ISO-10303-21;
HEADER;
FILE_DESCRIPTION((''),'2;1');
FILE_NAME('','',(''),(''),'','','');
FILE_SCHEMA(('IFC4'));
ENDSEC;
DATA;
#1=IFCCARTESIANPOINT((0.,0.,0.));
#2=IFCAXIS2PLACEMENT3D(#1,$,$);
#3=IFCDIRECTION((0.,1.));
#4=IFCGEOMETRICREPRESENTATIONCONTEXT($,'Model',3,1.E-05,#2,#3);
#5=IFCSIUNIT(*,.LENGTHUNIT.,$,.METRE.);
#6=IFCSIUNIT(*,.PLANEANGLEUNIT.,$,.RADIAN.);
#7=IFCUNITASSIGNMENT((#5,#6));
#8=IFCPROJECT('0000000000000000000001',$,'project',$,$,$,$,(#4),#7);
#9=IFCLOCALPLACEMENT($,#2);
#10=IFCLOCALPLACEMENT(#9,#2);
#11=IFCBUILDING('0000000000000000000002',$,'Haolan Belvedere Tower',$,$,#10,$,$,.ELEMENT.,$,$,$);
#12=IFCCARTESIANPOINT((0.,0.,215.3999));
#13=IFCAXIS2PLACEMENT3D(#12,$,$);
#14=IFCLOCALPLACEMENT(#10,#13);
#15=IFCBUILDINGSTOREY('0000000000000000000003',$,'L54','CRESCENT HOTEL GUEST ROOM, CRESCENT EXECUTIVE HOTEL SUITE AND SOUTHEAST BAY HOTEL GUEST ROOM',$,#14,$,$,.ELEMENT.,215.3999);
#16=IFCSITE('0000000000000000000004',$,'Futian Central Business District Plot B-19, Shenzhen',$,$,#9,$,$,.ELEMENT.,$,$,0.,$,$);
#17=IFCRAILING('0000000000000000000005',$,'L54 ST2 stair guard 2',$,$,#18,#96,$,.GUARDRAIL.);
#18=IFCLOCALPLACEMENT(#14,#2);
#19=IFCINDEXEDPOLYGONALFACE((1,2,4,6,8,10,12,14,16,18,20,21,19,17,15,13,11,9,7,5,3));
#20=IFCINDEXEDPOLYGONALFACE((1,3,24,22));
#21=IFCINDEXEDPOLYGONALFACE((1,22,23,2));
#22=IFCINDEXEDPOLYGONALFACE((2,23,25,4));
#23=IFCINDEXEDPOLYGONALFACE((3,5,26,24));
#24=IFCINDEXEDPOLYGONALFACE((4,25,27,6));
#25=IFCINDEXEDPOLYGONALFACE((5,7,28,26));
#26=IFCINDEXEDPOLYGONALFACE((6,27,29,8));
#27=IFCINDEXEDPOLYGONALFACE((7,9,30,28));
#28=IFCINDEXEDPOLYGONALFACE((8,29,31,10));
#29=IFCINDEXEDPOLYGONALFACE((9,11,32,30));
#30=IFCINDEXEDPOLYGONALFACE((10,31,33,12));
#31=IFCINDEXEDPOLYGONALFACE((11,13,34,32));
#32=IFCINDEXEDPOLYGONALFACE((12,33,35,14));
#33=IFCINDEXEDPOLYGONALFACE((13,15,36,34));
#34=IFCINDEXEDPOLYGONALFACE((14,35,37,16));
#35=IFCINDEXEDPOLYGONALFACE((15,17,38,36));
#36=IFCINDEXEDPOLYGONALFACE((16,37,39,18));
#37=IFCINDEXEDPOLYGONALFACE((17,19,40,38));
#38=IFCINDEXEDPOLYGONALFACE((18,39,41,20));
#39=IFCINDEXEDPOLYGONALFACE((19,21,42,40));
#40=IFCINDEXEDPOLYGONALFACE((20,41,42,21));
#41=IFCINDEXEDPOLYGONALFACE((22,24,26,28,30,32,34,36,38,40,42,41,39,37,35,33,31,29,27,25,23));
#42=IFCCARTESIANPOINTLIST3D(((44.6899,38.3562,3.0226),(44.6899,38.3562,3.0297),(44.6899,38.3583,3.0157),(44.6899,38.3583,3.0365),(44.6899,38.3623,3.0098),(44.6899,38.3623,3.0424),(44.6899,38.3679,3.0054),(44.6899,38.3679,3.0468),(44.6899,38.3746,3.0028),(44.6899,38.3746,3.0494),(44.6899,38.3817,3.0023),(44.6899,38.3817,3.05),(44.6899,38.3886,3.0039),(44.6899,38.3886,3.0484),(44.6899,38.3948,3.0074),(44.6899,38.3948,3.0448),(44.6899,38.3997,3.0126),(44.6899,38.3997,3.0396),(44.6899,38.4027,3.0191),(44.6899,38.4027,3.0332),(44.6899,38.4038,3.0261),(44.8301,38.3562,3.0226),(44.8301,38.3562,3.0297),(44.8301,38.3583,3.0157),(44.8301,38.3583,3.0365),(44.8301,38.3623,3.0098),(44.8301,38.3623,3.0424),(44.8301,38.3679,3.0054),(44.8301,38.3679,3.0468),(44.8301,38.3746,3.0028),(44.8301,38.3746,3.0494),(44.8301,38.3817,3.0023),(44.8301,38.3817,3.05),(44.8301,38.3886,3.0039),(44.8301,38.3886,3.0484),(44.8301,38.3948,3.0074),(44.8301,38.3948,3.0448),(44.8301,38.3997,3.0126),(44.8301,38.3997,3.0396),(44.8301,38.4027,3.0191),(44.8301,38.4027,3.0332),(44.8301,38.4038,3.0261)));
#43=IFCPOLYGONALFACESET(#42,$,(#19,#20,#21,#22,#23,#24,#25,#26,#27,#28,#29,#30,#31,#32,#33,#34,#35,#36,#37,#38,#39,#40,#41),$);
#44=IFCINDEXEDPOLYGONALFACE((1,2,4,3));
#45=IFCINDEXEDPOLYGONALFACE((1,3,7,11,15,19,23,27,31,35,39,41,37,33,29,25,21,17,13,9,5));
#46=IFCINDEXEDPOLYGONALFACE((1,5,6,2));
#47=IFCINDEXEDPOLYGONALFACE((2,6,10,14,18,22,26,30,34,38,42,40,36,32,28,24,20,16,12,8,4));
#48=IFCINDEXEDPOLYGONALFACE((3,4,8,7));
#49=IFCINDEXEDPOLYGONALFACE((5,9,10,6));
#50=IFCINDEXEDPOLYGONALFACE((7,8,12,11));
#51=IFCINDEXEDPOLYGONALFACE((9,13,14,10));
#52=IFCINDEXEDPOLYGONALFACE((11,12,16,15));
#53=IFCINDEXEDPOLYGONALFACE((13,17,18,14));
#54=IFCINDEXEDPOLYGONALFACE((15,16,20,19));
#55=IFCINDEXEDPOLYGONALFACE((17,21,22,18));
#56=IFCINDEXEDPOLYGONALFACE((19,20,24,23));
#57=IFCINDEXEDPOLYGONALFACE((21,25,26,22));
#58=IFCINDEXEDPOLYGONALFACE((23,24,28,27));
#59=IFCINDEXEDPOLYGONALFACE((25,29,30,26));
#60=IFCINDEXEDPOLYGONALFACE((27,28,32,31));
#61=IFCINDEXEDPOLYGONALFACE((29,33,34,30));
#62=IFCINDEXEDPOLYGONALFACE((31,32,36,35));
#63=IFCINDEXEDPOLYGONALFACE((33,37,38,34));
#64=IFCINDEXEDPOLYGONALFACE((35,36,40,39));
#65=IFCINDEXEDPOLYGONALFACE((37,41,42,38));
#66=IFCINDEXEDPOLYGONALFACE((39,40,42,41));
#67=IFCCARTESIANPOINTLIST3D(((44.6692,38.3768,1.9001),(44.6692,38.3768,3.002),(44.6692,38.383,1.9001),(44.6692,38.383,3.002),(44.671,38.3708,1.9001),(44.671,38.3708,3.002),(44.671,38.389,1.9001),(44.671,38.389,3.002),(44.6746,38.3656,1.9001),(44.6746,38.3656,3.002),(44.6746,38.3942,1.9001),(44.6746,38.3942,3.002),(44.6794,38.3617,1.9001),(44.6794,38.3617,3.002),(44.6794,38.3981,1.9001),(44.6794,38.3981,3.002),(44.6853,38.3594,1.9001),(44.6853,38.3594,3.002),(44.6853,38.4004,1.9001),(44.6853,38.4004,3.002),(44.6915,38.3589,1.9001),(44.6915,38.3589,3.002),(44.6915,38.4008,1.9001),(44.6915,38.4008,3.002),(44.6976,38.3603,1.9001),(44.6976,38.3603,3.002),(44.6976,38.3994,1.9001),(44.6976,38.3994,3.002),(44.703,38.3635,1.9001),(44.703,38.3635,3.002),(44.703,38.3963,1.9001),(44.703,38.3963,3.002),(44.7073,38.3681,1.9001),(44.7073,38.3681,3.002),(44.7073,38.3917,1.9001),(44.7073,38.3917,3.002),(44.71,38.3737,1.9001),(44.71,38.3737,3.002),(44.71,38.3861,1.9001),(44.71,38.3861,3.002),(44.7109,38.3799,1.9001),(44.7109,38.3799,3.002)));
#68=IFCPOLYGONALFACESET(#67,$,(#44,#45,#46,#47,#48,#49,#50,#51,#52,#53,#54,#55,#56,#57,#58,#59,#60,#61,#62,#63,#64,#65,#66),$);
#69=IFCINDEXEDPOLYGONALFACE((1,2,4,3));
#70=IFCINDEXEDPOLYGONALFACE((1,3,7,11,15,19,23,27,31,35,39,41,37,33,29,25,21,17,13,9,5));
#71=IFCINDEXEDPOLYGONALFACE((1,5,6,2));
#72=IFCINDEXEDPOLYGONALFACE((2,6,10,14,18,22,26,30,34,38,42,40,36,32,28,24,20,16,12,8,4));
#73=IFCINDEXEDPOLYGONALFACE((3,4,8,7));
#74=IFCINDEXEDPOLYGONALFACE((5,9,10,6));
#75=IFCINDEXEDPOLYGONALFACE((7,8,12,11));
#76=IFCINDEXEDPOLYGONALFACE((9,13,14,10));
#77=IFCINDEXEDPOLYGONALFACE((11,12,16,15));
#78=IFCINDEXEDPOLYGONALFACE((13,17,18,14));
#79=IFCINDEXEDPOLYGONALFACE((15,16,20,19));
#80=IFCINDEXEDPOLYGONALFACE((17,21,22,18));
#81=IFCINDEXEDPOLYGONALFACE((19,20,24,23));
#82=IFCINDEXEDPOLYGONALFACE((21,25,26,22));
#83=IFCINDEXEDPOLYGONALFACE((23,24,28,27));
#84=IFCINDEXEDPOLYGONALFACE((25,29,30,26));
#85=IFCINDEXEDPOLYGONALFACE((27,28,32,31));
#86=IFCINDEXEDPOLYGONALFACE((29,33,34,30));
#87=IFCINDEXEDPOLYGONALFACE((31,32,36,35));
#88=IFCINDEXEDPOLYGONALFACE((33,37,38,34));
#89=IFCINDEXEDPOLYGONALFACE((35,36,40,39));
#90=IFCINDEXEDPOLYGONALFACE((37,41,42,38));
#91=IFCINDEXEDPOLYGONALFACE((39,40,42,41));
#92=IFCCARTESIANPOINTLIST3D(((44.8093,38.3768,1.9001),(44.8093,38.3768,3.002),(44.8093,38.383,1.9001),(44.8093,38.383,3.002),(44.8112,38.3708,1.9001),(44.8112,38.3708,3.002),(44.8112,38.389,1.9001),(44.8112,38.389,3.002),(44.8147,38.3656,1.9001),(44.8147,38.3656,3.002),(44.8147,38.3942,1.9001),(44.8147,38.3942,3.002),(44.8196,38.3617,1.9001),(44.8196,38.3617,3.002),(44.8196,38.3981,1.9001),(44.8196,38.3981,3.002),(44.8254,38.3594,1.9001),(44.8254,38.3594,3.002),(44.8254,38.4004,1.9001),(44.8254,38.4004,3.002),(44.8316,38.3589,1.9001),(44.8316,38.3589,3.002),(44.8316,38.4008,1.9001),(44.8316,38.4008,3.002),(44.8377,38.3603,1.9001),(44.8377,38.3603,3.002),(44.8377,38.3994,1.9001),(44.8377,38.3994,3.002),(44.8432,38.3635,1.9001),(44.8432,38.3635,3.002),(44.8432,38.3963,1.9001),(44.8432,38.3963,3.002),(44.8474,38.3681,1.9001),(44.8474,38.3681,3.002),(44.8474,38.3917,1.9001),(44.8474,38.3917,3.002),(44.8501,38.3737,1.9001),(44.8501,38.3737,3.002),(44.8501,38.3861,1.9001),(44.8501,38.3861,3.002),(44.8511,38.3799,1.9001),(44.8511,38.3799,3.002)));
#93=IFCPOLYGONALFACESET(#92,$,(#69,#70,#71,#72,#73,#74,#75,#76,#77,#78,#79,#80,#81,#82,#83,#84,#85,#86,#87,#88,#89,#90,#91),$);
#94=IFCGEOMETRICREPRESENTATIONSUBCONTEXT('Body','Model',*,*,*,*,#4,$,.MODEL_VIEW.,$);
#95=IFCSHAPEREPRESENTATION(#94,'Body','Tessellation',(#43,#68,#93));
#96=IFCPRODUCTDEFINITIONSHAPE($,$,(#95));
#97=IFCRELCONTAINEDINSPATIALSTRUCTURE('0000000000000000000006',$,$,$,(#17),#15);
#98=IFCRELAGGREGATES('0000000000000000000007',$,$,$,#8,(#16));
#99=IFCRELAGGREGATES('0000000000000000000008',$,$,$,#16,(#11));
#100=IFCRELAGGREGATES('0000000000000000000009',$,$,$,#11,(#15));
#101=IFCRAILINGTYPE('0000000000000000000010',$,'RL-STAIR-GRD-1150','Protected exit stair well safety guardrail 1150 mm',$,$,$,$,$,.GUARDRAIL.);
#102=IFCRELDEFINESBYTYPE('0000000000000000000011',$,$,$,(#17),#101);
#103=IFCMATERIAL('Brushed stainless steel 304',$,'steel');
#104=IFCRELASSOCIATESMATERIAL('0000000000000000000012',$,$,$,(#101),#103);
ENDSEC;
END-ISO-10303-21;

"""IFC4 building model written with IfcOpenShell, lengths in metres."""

from ifc_helpers import new_model, si_unit, direction, frame, origin, origin_2d, place, context, subcontext, project, spatial, circle, extrude, material, type_object, element, save


model = new_model("IFC4")

# Units and contexts
model_context = context("Model", 3, precision=1e-05, world=origin(), true_north=direction((0.0, 1.0)))
body_context = subcontext(model_context, "Body", "Model", "MODEL_VIEW")
ifc_project = project(units=[si_unit("LENGTHUNIT", "METRE"), si_unit("PLANEANGLEUNIT", "RADIAN")], contexts=[model_context])

# Site, building, storey
site_placement = place(None, origin())
site = spatial("IfcSite", under=ifc_project, at=site_placement, Name="Futian Central Business District Plot B-19, Shenzhen", CompositionType="ELEMENT", RefElevation=0.0)
building_placement = place(site_placement, origin())
building = spatial("IfcBuilding", under=site, at=building_placement, Name="Haolan Belvedere Tower", CompositionType="ELEMENT")
storey_placement = place(building_placement, frame((0.0, 0.0, 215.3999)))
storey = spatial("IfcBuildingStorey", under=building, at=storey_placement, Name="L54", Description="CRESCENT HOTEL GUEST ROOM, CRESCENT EXECUTIVE HOTEL SUITE AND SOUTHEAST BAY HOTEL GUEST ROOM", CompositionType="ELEMENT", Elevation=215.3999)

# Railing
ifc_material_1 = material(Name="Brushed stainless steel 304", Category="steel")
railing_type_1 = type_object("IfcRailingType", Name="RL-STAIR-GRD-1150", Description="Protected exit stair well safety guardrail 1150 mm", PredefinedType="GUARDRAIL", material=ifc_material_1)
railing_1_placement = place(storey_placement, frame((44.6899, 38.3799, 1.9001)))
element("IfcRailing", 1, at=railing_1_placement, inside=storey, type_object=railing_type_1, Name="L54 ST2 stair guard 2", PredefinedType="GUARDRAIL", context=body_context, shape_type="SweptSolid", body=[
    extrude(circle(Radius=0.0239, at=origin_2d()), frame((0.0, 0.0, 1.126), z_axis=(1.0, 0.0, 0.0), x_axis=(0.0, 1.0, 0.0)), (0.0, 0.0, 1.0), 0.1401),
    extrude(circle(Radius=0.021, at=origin_2d()), origin(), (0.0, 0.0, 1.0), 1.1018),
    extrude(circle(Radius=0.021, at=origin_2d()), frame((0.1401, 0.0, 0.0)), (0.0, 0.0, 1.0), 1.1018),
])

save(model, "model.ifc")
